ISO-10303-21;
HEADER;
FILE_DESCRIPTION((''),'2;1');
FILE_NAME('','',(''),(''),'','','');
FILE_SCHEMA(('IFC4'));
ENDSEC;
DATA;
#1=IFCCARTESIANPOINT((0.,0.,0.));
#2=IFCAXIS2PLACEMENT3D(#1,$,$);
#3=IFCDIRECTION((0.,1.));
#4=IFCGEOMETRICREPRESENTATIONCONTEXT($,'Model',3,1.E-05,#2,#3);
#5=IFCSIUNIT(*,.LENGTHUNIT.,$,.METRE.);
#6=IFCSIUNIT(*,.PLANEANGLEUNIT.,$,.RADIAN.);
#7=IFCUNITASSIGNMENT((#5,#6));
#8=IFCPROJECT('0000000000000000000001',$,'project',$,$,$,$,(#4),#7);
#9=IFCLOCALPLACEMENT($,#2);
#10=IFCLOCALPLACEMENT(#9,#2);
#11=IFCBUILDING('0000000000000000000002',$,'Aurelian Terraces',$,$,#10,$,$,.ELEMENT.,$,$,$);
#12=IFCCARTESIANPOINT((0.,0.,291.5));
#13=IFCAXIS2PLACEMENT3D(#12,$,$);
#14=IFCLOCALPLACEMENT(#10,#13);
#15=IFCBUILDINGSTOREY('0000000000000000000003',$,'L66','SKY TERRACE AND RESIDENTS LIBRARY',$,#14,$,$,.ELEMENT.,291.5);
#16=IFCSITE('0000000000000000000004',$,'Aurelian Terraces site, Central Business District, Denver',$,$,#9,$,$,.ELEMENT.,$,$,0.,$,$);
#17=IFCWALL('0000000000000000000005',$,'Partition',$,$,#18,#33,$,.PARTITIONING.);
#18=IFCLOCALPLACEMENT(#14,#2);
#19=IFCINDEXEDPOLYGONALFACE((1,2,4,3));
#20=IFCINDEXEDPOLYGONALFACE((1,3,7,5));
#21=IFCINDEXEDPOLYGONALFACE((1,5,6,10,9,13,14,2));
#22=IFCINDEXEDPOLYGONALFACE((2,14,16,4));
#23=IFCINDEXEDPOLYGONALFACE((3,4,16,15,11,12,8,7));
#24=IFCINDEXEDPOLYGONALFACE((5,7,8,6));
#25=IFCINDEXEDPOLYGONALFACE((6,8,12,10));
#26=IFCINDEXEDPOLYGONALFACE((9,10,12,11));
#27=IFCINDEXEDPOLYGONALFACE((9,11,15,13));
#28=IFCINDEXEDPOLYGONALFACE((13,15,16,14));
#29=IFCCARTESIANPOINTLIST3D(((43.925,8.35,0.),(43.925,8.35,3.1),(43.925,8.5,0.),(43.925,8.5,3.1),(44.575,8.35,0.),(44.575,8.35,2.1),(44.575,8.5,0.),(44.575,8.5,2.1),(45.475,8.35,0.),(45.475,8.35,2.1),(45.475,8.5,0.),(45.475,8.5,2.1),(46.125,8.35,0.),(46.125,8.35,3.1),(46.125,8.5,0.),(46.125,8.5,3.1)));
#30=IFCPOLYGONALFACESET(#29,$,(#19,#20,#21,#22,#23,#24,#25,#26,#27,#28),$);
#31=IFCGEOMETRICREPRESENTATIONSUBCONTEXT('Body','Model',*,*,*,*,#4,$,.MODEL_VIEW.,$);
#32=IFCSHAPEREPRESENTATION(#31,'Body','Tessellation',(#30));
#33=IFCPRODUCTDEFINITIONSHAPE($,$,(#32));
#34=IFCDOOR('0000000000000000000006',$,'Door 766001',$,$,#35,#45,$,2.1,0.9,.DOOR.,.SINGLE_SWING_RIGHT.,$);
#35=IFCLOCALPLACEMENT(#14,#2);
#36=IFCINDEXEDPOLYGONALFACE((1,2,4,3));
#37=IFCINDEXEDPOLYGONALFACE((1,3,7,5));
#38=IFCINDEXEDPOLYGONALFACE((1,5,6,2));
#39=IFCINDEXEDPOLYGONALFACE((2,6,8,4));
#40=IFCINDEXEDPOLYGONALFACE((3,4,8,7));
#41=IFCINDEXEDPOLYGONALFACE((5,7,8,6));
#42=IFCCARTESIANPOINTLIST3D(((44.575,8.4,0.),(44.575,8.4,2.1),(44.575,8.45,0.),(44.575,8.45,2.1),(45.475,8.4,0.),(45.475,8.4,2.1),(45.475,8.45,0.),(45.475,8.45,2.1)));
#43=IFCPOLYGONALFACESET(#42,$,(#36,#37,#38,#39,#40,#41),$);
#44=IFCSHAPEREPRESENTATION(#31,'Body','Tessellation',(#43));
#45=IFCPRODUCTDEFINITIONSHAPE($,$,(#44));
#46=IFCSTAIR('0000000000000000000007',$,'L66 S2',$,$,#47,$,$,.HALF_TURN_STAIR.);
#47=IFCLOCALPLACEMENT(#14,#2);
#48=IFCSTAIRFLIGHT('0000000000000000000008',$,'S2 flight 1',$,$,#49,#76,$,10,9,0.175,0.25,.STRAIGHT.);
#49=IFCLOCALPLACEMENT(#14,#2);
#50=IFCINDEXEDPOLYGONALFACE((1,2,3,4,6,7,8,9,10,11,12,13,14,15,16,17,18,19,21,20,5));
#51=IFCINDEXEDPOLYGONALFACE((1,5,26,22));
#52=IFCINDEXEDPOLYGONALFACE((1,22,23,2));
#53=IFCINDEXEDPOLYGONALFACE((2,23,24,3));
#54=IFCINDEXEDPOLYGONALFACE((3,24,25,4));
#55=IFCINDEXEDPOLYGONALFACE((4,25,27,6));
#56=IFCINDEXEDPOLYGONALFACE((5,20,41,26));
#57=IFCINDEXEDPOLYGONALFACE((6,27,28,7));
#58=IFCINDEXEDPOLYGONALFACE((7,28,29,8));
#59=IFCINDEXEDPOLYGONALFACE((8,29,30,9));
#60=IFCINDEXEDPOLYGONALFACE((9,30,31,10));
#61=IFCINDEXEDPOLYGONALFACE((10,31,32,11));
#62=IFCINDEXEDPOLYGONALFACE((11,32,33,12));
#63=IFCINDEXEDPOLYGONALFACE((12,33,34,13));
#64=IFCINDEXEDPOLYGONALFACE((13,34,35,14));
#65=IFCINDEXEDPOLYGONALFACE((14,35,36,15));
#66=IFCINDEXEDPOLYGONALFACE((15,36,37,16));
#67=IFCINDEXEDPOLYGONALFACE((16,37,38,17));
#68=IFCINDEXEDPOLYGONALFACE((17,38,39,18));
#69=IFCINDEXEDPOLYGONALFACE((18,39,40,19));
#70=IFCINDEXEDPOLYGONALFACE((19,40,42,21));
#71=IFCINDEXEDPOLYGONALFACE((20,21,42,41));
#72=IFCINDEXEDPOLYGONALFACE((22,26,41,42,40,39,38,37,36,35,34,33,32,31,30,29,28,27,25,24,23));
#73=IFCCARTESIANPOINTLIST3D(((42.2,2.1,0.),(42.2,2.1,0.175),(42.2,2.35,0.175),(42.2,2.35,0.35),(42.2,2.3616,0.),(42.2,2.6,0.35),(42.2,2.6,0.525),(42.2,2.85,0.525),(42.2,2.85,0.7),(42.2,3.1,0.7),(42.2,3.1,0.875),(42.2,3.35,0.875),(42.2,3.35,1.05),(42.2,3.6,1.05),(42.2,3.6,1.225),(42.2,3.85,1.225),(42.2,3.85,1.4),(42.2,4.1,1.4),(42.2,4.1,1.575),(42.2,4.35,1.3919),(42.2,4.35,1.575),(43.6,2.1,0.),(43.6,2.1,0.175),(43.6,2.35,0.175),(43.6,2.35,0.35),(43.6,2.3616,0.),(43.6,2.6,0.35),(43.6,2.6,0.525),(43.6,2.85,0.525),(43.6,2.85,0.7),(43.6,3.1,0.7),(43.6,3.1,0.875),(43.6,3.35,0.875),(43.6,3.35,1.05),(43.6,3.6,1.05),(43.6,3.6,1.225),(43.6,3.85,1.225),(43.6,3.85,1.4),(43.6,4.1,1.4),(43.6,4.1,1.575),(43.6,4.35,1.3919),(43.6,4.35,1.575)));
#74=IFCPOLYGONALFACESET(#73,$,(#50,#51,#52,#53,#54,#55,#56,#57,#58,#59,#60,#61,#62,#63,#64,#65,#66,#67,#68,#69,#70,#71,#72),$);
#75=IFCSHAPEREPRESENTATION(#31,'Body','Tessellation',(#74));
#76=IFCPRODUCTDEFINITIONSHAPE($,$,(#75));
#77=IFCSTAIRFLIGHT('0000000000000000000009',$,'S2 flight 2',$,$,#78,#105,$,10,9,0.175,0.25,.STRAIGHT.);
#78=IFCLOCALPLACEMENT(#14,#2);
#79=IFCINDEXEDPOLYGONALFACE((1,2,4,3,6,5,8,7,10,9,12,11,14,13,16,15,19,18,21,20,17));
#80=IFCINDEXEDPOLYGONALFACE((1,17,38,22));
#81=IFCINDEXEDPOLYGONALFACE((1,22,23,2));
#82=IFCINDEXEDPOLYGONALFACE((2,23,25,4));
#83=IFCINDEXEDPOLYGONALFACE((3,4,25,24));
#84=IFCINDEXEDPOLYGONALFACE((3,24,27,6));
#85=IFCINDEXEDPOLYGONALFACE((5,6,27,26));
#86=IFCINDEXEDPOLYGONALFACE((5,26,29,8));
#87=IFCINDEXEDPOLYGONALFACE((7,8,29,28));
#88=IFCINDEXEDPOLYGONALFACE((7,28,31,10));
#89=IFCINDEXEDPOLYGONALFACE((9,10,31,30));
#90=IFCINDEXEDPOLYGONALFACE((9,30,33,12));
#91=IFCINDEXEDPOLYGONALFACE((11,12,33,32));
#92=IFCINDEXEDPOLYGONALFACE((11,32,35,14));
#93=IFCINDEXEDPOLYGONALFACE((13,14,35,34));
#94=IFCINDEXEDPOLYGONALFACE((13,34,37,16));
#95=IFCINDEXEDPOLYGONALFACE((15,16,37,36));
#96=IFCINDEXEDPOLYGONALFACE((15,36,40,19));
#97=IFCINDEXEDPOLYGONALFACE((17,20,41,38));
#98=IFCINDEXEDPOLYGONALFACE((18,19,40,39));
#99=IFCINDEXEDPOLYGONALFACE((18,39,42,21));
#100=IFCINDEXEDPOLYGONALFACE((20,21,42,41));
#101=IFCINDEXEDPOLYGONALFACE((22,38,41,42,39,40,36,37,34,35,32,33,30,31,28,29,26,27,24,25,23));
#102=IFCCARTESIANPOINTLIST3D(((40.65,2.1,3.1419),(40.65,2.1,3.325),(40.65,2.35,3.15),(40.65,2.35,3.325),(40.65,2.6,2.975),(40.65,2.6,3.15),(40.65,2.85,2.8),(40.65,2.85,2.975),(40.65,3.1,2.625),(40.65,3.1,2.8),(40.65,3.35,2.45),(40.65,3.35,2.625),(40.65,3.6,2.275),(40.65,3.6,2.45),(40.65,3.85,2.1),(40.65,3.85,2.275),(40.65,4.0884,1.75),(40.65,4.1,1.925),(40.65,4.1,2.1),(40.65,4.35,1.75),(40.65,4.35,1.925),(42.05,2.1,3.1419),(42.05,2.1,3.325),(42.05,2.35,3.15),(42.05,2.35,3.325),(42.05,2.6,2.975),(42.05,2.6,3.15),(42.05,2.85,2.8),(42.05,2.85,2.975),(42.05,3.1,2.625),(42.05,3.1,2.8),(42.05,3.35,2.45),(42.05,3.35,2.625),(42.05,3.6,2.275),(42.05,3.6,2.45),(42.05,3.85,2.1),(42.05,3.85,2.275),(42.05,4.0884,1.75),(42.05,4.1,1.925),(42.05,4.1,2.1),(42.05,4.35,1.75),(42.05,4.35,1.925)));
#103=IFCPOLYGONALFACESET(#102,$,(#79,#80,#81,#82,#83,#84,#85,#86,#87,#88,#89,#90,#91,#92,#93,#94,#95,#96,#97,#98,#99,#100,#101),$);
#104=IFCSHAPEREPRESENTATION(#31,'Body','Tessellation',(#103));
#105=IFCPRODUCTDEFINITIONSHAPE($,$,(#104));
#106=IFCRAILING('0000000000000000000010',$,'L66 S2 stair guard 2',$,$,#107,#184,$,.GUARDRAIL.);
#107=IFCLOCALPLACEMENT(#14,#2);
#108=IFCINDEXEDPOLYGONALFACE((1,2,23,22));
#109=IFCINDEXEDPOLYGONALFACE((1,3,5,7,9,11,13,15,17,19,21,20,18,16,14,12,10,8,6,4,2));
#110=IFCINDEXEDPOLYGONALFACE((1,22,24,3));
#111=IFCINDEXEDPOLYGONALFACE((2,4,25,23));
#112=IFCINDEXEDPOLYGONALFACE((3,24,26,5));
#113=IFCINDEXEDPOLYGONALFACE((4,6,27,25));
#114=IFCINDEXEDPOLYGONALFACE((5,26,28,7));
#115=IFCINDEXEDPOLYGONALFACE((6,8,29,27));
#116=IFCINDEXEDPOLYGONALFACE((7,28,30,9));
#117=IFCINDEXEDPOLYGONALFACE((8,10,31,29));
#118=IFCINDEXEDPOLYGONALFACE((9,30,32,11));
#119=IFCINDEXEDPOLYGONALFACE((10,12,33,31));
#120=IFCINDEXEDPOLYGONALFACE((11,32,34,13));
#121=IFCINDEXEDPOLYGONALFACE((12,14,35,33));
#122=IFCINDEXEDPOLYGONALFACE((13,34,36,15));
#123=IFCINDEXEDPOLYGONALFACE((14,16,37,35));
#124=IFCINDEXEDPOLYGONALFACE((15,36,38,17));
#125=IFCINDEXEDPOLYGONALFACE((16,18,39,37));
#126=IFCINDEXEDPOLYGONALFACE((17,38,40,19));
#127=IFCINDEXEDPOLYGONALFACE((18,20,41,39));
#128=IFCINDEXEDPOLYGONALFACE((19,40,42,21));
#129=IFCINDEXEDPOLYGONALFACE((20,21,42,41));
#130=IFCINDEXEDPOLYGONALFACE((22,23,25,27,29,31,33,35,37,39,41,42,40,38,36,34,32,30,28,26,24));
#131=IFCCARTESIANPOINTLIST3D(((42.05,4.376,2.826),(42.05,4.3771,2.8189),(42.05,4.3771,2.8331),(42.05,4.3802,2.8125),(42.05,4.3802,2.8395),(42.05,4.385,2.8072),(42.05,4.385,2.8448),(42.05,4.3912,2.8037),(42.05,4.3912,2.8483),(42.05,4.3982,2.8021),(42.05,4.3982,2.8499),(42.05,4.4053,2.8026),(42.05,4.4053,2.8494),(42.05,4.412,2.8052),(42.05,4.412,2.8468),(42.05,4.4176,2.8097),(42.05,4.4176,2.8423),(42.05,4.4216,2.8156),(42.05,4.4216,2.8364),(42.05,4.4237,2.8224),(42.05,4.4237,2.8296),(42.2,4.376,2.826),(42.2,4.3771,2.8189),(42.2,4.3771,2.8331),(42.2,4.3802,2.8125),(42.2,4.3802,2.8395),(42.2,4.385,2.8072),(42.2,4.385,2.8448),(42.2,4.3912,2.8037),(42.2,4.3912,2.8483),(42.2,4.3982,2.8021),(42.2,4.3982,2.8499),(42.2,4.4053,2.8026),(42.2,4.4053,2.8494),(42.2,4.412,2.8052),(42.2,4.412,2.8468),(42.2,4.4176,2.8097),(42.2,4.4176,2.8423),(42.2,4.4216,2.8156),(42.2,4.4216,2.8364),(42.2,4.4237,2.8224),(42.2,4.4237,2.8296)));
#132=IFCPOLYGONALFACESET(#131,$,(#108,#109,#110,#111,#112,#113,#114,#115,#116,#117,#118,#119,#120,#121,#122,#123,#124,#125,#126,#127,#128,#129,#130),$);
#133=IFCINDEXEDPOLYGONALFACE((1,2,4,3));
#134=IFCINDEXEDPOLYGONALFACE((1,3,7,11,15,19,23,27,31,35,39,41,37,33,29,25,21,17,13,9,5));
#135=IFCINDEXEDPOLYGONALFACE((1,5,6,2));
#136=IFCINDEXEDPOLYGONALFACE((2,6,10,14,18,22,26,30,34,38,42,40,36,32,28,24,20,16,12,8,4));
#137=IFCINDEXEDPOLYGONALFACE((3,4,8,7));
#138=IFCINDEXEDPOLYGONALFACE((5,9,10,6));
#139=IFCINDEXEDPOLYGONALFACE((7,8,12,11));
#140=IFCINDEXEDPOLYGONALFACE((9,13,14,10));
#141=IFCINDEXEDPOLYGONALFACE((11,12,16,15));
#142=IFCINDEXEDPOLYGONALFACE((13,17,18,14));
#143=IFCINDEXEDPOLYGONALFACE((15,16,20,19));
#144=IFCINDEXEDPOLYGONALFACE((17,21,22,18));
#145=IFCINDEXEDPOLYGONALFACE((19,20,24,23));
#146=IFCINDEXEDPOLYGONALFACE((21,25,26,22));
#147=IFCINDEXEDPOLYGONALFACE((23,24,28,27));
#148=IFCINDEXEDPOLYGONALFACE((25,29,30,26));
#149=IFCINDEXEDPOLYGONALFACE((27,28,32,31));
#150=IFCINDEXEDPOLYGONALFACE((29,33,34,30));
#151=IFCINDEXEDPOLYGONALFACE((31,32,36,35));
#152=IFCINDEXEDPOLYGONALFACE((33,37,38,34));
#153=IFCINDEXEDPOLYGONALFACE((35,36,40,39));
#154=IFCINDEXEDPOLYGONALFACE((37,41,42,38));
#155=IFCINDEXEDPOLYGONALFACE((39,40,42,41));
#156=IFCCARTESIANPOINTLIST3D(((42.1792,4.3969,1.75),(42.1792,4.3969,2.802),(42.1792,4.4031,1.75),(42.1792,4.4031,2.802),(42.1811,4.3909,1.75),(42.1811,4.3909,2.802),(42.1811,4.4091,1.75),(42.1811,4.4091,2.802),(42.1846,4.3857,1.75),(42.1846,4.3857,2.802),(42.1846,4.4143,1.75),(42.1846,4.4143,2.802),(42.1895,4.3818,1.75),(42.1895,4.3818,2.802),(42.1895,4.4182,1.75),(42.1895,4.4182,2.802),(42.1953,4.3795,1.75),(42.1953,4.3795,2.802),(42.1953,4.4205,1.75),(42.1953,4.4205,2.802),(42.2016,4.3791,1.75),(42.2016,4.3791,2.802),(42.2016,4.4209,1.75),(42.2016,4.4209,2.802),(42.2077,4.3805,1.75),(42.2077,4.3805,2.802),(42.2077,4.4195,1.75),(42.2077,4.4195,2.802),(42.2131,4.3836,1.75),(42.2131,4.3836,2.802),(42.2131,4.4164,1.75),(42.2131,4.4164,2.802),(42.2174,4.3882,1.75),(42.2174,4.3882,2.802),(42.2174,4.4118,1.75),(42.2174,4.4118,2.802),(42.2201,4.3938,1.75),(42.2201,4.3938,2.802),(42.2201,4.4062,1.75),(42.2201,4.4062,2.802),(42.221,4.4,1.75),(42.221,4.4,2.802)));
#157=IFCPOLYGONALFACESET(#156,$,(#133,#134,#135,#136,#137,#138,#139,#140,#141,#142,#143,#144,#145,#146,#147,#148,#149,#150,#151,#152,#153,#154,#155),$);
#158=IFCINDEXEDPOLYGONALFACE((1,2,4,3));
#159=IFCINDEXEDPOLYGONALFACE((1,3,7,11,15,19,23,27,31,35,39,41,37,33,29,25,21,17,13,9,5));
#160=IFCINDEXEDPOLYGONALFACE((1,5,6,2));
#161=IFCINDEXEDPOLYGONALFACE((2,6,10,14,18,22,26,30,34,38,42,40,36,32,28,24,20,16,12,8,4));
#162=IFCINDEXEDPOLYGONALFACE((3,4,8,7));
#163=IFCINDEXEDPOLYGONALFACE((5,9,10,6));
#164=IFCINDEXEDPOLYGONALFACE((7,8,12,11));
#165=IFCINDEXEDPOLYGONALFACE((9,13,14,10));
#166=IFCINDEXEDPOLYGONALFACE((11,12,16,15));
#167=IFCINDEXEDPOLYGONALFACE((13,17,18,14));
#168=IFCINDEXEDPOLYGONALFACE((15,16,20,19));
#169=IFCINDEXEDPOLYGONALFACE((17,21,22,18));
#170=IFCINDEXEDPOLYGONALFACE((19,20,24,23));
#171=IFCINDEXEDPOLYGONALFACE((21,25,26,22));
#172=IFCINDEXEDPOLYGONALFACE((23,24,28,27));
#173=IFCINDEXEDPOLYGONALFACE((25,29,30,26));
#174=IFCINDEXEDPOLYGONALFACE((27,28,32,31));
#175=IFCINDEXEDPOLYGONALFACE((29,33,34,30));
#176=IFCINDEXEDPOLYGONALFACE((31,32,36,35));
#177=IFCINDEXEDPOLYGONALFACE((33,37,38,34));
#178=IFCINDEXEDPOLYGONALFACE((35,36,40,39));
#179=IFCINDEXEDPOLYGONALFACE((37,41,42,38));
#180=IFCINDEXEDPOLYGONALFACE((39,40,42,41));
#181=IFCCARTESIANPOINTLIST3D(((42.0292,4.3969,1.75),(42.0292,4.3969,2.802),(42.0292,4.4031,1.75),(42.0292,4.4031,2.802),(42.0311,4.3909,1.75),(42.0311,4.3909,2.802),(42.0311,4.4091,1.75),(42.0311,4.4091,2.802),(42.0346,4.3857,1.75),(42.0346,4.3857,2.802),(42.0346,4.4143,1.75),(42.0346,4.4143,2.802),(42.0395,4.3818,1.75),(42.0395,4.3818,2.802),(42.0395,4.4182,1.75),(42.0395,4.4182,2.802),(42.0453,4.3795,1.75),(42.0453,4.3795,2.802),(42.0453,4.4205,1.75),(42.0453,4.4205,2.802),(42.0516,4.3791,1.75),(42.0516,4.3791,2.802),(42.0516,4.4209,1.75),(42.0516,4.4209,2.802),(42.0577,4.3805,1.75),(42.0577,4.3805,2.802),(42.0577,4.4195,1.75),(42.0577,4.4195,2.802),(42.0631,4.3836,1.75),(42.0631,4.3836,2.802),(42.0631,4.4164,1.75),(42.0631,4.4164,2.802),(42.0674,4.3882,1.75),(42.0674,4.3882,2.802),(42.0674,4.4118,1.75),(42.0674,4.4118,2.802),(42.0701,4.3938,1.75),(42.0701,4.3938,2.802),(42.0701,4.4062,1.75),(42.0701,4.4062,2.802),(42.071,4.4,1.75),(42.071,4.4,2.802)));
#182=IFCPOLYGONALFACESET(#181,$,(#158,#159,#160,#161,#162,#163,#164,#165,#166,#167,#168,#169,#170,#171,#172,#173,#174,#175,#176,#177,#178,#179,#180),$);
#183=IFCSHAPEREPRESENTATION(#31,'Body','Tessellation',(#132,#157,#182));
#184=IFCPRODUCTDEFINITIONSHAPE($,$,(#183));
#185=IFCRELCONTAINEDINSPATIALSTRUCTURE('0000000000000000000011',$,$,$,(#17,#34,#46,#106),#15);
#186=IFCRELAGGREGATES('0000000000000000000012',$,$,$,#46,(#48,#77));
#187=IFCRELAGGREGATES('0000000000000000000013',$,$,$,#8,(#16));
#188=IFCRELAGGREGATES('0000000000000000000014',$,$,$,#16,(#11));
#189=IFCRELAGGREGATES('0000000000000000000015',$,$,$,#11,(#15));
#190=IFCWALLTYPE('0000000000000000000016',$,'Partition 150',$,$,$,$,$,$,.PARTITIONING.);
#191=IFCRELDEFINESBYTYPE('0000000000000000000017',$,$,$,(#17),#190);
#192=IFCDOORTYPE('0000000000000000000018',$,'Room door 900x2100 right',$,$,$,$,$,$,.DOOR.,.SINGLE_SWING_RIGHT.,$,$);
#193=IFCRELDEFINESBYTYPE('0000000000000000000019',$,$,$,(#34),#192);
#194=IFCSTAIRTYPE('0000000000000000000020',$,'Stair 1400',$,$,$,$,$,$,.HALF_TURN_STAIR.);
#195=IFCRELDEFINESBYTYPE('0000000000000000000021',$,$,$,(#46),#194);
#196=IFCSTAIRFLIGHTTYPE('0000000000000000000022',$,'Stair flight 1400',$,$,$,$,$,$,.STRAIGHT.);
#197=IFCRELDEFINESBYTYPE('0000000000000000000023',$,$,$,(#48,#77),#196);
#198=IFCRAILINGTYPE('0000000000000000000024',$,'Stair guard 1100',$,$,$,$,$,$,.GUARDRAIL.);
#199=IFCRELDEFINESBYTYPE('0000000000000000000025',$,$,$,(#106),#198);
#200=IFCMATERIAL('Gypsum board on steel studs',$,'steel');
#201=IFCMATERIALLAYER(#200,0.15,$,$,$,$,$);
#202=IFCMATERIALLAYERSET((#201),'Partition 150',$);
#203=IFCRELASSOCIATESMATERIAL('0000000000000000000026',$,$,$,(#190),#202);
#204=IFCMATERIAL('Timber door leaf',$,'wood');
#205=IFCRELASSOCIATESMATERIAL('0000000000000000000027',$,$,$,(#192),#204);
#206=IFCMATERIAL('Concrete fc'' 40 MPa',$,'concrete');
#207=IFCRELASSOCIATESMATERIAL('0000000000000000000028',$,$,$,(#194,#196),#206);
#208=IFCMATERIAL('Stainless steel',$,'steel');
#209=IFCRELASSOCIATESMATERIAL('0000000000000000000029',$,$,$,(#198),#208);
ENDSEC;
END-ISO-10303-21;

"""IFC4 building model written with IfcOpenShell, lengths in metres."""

from ifc_helpers import new_model, si_unit, direction, frame, frame_2d, origin, origin_2d, place, context, subcontext, project, spatial, polyline, rectangle, circle, outline, extrude, source, transform, mapped, material, layer, layer_set, type_object, element, fill, aggregate, save


model = new_model("IFC4")

# Units and contexts
model_context = context("Model", 3, precision=1e-05, world=origin(), true_north=direction((0.0, 1.0)))
body_context = subcontext(model_context, "Body", "Model", "MODEL_VIEW")
ifc_project = project(units=[si_unit("LENGTHUNIT", "METRE"), si_unit("PLANEANGLEUNIT", "RADIAN")], contexts=[model_context])

# Site, building, storey
site_placement = place(None, origin())
site = spatial("IfcSite", under=ifc_project, at=site_placement, Name="Aurelian Terraces site, Central Business District, Denver", CompositionType="ELEMENT", RefElevation=0.0)
building_placement = place(site_placement, origin())
building = spatial("IfcBuilding", under=site, at=building_placement, Name="Aurelian Terraces", CompositionType="ELEMENT")
storey_placement = place(building_placement, frame((0.0, 0.0, 291.5)))
storey = spatial("IfcBuildingStorey", under=building, at=storey_placement, Name="L66", Description="SKY TERRACE AND RESIDENTS LIBRARY", CompositionType="ELEMENT", Elevation=291.5)

# Shared definitions
ifc_material_1 = material(Name="Gypsum board on steel studs", Category="steel")

# Shared definitions
ifc_layer_1 = layer(ifc_material_1, 0.15)
ifc_layer_set_1 = layer_set([ifc_layer_1], Name="Partition 150")
wall_type_1 = type_object("IfcWallType", Name="Partition 150", PredefinedType="PARTITIONING", material=ifc_layer_set_1)
shared_shape_1 = source(origin(), body_context, "Body", "SweptSolid", [
    extrude(rectangle(XDim=0.9, YDim=2.1, at=frame_2d((0.45, 1.05))), frame((0.0, 0.085, 0.0), z_axis=(0.0, -1.0, 0.0), x_axis=(1.0, 0.0, 0.0)), (0.0, 0.0, 1.0), 0.17),
])
ifc_material_2 = material(Name="Timber door leaf", Category="wood")
shared_shape_2 = source(origin(), body_context, "Body", "SweptSolid", [
    extrude(rectangle(XDim=0.9, YDim=2.1, at=frame_2d((0.45, 1.05))), frame((0.0, 0.025, 0.0), z_axis=(0.0, -1.0, 0.0), x_axis=(1.0, 0.0, 0.0)), (0.0, 0.0, 1.0), 0.05),
])

# Shared definitions
ifc_material_3 = material(Name="Concrete fc' 40 MPa", Category="concrete")

# Wall, opening, door
shared_shape_3 = source(origin(), body_context, "Body", "SweptSolid", [
    extrude(rectangle(XDim=2.2, YDim=0.15, at=frame_2d((1.1, 0.0))), origin(), (0.0, 0.0, 1.0), 3.1),
])
wall_1_placement = place(storey_placement, frame((46.125, 8.425, 0.0), z_axis=(0.0, 0.0, 1.0), x_axis=(-1.0, 0.0, 0.0)))
wall_1 = element("IfcWall", 1, at=wall_1_placement, inside=storey, type_object=wall_type_1, Name="Partition", PredefinedType="PARTITIONING", context=body_context, shape_type="MappedRepresentation", body=[
    mapped(shared_shape_3, transform((0.0, 0.0, 0.0), scale=1.0)),
])
opening_1_placement = place(wall_1_placement, frame((0.65, 0.0, 0.0)))
opening_1 = element("IfcOpeningElement", 2, at=opening_1_placement, cuts=wall_1, PredefinedType="OPENING", context=body_context, shape_type="MappedRepresentation", body=[
    mapped(shared_shape_1, transform((0.0, 0.0, 0.0), scale=1.0)),
])
door_type_1 = type_object("IfcDoorType", Name="Room door 900x2100 right", OperationType="SINGLE_SWING_RIGHT", PredefinedType="DOOR", material=ifc_material_2)
door_1_placement = place(opening_1_placement, origin())
door_1 = element("IfcDoor", 3, at=door_1_placement, inside=storey, type_object=door_type_1, Name="Door 766001", OperationType="SINGLE_SWING_RIGHT", OverallHeight=2.1, OverallWidth=0.9, PredefinedType="DOOR", context=body_context, shape_type="MappedRepresentation", body=[
    mapped(shared_shape_2, transform((0.0, 0.0, 0.0), scale=1.0)),
])
fill(opening_1, door_1)

# Stair, stair flights
stair_type = type_object("IfcStairType", Name="Stair 1400", PredefinedType="HALF_TURN_STAIR", material=ifc_material_3)
stair_placement = place(storey_placement, origin())
stair = element("IfcStair", 4, at=stair_placement, inside=storey, type_object=stair_type, Name="L66 S2", PredefinedType="HALF_TURN_STAIR")
stair_flight_type = type_object("IfcStairFlightType", Name="Stair flight 1400", PredefinedType="STRAIGHT", material=ifc_material_3)
shared_shape_4 = source(origin(), body_context, "Body", "SweptSolid", [
    extrude(outline(polyline([(0.0, 0.0), (0.0, 0.175), (0.25, 0.175), (0.25, 0.35), (0.5, 0.35), (0.5, 0.525), (0.75, 0.525), (0.75, 0.7), (1.0, 0.7), (1.0, 0.875), (1.25, 0.875), (1.25, 1.05), (1.5, 1.05), (1.5, 1.225), (1.75, 1.225), (1.75, 1.4), (2.0, 1.4), (2.0, 1.575), (2.25, 1.575), (2.25, 1.75), (2.25, 1.3919), (0.2616, 0.0), (0.0, 0.0)])), frame((0.0, 0.7, 0.0), z_axis=(0.0, -1.0, 0.0), x_axis=(1.0, 0.0, 0.0)), (0.0, 0.0, 1.0), 1.4),
])
stair_flight_1_placement = place(storey_placement, frame((42.9, 2.1, 0.0), z_axis=(0.0, 0.0, 1.0), x_axis=(0.0, 1.0, 0.0)))
stair_flight_1 = element("IfcStairFlight", 5, at=stair_flight_1_placement, type_object=stair_flight_type, Name="S2 flight 1", NumberOfRisers=10, NumberOfTreads=9, PredefinedType="STRAIGHT", RiserHeight=0.175, TreadLength=0.25, context=body_context, shape_type="MappedRepresentation", body=[
    mapped(shared_shape_4, transform((0.0, 0.0, 0.0), scale=1.0)),
])
stair_flight_2_placement = place(storey_placement, frame((41.35, 4.35, 1.75), z_axis=(0.0, 0.0, 1.0), x_axis=(0.0, -1.0, 0.0)))
stair_flight_2 = element("IfcStairFlight", 6, at=stair_flight_2_placement, type_object=stair_flight_type, Name="S2 flight 2", NumberOfRisers=10, NumberOfTreads=9, PredefinedType="STRAIGHT", RiserHeight=0.175, TreadLength=0.25, context=body_context, shape_type="MappedRepresentation", body=[
    mapped(shared_shape_4, transform((0.0, 0.0, 0.0), scale=1.0)),
])
aggregate(stair, [stair_flight_1, stair_flight_2])

# Railing
ifc_material_4 = material(Name="Stainless steel", Category="steel")
railing_type_1 = type_object("IfcRailingType", Name="Stair guard 1100", PredefinedType="GUARDRAIL", material=ifc_material_4)
shared_shape_5 = source(origin(), body_context, "Body", "SweptSolid", [
    extrude(circle(Radius=0.024, at=origin_2d()), frame((0.0, 0.0, 1.076), z_axis=(-1.0, 0.0, 0.0), x_axis=(0.0, -1.0, 0.0)), (0.0, 0.0, 1.0), 0.15),
    extrude(circle(Radius=0.021, at=origin_2d()), origin(), (0.0, 0.0, 1.0), 1.052),
    extrude(circle(Radius=0.021, at=origin_2d()), frame((-0.15, 0.0, 0.0)), (0.0, 0.0, 1.0), 1.052),
])
for number, where, name in (
    (7, (42.2, 4.4, 1.75), "L66 S2 stair guard 2"),
):
    element("IfcRailing", number, at=place(storey_placement, frame(where)), inside=storey, type_object=railing_type_1, Name=name, PredefinedType="GUARDRAIL", context=body_context, shape_type="MappedRepresentation", body=[
        mapped(shared_shape_5, transform((0.0, 0.0, 0.0), scale=1.0)),
    ])

save(model, "model.ifc")
